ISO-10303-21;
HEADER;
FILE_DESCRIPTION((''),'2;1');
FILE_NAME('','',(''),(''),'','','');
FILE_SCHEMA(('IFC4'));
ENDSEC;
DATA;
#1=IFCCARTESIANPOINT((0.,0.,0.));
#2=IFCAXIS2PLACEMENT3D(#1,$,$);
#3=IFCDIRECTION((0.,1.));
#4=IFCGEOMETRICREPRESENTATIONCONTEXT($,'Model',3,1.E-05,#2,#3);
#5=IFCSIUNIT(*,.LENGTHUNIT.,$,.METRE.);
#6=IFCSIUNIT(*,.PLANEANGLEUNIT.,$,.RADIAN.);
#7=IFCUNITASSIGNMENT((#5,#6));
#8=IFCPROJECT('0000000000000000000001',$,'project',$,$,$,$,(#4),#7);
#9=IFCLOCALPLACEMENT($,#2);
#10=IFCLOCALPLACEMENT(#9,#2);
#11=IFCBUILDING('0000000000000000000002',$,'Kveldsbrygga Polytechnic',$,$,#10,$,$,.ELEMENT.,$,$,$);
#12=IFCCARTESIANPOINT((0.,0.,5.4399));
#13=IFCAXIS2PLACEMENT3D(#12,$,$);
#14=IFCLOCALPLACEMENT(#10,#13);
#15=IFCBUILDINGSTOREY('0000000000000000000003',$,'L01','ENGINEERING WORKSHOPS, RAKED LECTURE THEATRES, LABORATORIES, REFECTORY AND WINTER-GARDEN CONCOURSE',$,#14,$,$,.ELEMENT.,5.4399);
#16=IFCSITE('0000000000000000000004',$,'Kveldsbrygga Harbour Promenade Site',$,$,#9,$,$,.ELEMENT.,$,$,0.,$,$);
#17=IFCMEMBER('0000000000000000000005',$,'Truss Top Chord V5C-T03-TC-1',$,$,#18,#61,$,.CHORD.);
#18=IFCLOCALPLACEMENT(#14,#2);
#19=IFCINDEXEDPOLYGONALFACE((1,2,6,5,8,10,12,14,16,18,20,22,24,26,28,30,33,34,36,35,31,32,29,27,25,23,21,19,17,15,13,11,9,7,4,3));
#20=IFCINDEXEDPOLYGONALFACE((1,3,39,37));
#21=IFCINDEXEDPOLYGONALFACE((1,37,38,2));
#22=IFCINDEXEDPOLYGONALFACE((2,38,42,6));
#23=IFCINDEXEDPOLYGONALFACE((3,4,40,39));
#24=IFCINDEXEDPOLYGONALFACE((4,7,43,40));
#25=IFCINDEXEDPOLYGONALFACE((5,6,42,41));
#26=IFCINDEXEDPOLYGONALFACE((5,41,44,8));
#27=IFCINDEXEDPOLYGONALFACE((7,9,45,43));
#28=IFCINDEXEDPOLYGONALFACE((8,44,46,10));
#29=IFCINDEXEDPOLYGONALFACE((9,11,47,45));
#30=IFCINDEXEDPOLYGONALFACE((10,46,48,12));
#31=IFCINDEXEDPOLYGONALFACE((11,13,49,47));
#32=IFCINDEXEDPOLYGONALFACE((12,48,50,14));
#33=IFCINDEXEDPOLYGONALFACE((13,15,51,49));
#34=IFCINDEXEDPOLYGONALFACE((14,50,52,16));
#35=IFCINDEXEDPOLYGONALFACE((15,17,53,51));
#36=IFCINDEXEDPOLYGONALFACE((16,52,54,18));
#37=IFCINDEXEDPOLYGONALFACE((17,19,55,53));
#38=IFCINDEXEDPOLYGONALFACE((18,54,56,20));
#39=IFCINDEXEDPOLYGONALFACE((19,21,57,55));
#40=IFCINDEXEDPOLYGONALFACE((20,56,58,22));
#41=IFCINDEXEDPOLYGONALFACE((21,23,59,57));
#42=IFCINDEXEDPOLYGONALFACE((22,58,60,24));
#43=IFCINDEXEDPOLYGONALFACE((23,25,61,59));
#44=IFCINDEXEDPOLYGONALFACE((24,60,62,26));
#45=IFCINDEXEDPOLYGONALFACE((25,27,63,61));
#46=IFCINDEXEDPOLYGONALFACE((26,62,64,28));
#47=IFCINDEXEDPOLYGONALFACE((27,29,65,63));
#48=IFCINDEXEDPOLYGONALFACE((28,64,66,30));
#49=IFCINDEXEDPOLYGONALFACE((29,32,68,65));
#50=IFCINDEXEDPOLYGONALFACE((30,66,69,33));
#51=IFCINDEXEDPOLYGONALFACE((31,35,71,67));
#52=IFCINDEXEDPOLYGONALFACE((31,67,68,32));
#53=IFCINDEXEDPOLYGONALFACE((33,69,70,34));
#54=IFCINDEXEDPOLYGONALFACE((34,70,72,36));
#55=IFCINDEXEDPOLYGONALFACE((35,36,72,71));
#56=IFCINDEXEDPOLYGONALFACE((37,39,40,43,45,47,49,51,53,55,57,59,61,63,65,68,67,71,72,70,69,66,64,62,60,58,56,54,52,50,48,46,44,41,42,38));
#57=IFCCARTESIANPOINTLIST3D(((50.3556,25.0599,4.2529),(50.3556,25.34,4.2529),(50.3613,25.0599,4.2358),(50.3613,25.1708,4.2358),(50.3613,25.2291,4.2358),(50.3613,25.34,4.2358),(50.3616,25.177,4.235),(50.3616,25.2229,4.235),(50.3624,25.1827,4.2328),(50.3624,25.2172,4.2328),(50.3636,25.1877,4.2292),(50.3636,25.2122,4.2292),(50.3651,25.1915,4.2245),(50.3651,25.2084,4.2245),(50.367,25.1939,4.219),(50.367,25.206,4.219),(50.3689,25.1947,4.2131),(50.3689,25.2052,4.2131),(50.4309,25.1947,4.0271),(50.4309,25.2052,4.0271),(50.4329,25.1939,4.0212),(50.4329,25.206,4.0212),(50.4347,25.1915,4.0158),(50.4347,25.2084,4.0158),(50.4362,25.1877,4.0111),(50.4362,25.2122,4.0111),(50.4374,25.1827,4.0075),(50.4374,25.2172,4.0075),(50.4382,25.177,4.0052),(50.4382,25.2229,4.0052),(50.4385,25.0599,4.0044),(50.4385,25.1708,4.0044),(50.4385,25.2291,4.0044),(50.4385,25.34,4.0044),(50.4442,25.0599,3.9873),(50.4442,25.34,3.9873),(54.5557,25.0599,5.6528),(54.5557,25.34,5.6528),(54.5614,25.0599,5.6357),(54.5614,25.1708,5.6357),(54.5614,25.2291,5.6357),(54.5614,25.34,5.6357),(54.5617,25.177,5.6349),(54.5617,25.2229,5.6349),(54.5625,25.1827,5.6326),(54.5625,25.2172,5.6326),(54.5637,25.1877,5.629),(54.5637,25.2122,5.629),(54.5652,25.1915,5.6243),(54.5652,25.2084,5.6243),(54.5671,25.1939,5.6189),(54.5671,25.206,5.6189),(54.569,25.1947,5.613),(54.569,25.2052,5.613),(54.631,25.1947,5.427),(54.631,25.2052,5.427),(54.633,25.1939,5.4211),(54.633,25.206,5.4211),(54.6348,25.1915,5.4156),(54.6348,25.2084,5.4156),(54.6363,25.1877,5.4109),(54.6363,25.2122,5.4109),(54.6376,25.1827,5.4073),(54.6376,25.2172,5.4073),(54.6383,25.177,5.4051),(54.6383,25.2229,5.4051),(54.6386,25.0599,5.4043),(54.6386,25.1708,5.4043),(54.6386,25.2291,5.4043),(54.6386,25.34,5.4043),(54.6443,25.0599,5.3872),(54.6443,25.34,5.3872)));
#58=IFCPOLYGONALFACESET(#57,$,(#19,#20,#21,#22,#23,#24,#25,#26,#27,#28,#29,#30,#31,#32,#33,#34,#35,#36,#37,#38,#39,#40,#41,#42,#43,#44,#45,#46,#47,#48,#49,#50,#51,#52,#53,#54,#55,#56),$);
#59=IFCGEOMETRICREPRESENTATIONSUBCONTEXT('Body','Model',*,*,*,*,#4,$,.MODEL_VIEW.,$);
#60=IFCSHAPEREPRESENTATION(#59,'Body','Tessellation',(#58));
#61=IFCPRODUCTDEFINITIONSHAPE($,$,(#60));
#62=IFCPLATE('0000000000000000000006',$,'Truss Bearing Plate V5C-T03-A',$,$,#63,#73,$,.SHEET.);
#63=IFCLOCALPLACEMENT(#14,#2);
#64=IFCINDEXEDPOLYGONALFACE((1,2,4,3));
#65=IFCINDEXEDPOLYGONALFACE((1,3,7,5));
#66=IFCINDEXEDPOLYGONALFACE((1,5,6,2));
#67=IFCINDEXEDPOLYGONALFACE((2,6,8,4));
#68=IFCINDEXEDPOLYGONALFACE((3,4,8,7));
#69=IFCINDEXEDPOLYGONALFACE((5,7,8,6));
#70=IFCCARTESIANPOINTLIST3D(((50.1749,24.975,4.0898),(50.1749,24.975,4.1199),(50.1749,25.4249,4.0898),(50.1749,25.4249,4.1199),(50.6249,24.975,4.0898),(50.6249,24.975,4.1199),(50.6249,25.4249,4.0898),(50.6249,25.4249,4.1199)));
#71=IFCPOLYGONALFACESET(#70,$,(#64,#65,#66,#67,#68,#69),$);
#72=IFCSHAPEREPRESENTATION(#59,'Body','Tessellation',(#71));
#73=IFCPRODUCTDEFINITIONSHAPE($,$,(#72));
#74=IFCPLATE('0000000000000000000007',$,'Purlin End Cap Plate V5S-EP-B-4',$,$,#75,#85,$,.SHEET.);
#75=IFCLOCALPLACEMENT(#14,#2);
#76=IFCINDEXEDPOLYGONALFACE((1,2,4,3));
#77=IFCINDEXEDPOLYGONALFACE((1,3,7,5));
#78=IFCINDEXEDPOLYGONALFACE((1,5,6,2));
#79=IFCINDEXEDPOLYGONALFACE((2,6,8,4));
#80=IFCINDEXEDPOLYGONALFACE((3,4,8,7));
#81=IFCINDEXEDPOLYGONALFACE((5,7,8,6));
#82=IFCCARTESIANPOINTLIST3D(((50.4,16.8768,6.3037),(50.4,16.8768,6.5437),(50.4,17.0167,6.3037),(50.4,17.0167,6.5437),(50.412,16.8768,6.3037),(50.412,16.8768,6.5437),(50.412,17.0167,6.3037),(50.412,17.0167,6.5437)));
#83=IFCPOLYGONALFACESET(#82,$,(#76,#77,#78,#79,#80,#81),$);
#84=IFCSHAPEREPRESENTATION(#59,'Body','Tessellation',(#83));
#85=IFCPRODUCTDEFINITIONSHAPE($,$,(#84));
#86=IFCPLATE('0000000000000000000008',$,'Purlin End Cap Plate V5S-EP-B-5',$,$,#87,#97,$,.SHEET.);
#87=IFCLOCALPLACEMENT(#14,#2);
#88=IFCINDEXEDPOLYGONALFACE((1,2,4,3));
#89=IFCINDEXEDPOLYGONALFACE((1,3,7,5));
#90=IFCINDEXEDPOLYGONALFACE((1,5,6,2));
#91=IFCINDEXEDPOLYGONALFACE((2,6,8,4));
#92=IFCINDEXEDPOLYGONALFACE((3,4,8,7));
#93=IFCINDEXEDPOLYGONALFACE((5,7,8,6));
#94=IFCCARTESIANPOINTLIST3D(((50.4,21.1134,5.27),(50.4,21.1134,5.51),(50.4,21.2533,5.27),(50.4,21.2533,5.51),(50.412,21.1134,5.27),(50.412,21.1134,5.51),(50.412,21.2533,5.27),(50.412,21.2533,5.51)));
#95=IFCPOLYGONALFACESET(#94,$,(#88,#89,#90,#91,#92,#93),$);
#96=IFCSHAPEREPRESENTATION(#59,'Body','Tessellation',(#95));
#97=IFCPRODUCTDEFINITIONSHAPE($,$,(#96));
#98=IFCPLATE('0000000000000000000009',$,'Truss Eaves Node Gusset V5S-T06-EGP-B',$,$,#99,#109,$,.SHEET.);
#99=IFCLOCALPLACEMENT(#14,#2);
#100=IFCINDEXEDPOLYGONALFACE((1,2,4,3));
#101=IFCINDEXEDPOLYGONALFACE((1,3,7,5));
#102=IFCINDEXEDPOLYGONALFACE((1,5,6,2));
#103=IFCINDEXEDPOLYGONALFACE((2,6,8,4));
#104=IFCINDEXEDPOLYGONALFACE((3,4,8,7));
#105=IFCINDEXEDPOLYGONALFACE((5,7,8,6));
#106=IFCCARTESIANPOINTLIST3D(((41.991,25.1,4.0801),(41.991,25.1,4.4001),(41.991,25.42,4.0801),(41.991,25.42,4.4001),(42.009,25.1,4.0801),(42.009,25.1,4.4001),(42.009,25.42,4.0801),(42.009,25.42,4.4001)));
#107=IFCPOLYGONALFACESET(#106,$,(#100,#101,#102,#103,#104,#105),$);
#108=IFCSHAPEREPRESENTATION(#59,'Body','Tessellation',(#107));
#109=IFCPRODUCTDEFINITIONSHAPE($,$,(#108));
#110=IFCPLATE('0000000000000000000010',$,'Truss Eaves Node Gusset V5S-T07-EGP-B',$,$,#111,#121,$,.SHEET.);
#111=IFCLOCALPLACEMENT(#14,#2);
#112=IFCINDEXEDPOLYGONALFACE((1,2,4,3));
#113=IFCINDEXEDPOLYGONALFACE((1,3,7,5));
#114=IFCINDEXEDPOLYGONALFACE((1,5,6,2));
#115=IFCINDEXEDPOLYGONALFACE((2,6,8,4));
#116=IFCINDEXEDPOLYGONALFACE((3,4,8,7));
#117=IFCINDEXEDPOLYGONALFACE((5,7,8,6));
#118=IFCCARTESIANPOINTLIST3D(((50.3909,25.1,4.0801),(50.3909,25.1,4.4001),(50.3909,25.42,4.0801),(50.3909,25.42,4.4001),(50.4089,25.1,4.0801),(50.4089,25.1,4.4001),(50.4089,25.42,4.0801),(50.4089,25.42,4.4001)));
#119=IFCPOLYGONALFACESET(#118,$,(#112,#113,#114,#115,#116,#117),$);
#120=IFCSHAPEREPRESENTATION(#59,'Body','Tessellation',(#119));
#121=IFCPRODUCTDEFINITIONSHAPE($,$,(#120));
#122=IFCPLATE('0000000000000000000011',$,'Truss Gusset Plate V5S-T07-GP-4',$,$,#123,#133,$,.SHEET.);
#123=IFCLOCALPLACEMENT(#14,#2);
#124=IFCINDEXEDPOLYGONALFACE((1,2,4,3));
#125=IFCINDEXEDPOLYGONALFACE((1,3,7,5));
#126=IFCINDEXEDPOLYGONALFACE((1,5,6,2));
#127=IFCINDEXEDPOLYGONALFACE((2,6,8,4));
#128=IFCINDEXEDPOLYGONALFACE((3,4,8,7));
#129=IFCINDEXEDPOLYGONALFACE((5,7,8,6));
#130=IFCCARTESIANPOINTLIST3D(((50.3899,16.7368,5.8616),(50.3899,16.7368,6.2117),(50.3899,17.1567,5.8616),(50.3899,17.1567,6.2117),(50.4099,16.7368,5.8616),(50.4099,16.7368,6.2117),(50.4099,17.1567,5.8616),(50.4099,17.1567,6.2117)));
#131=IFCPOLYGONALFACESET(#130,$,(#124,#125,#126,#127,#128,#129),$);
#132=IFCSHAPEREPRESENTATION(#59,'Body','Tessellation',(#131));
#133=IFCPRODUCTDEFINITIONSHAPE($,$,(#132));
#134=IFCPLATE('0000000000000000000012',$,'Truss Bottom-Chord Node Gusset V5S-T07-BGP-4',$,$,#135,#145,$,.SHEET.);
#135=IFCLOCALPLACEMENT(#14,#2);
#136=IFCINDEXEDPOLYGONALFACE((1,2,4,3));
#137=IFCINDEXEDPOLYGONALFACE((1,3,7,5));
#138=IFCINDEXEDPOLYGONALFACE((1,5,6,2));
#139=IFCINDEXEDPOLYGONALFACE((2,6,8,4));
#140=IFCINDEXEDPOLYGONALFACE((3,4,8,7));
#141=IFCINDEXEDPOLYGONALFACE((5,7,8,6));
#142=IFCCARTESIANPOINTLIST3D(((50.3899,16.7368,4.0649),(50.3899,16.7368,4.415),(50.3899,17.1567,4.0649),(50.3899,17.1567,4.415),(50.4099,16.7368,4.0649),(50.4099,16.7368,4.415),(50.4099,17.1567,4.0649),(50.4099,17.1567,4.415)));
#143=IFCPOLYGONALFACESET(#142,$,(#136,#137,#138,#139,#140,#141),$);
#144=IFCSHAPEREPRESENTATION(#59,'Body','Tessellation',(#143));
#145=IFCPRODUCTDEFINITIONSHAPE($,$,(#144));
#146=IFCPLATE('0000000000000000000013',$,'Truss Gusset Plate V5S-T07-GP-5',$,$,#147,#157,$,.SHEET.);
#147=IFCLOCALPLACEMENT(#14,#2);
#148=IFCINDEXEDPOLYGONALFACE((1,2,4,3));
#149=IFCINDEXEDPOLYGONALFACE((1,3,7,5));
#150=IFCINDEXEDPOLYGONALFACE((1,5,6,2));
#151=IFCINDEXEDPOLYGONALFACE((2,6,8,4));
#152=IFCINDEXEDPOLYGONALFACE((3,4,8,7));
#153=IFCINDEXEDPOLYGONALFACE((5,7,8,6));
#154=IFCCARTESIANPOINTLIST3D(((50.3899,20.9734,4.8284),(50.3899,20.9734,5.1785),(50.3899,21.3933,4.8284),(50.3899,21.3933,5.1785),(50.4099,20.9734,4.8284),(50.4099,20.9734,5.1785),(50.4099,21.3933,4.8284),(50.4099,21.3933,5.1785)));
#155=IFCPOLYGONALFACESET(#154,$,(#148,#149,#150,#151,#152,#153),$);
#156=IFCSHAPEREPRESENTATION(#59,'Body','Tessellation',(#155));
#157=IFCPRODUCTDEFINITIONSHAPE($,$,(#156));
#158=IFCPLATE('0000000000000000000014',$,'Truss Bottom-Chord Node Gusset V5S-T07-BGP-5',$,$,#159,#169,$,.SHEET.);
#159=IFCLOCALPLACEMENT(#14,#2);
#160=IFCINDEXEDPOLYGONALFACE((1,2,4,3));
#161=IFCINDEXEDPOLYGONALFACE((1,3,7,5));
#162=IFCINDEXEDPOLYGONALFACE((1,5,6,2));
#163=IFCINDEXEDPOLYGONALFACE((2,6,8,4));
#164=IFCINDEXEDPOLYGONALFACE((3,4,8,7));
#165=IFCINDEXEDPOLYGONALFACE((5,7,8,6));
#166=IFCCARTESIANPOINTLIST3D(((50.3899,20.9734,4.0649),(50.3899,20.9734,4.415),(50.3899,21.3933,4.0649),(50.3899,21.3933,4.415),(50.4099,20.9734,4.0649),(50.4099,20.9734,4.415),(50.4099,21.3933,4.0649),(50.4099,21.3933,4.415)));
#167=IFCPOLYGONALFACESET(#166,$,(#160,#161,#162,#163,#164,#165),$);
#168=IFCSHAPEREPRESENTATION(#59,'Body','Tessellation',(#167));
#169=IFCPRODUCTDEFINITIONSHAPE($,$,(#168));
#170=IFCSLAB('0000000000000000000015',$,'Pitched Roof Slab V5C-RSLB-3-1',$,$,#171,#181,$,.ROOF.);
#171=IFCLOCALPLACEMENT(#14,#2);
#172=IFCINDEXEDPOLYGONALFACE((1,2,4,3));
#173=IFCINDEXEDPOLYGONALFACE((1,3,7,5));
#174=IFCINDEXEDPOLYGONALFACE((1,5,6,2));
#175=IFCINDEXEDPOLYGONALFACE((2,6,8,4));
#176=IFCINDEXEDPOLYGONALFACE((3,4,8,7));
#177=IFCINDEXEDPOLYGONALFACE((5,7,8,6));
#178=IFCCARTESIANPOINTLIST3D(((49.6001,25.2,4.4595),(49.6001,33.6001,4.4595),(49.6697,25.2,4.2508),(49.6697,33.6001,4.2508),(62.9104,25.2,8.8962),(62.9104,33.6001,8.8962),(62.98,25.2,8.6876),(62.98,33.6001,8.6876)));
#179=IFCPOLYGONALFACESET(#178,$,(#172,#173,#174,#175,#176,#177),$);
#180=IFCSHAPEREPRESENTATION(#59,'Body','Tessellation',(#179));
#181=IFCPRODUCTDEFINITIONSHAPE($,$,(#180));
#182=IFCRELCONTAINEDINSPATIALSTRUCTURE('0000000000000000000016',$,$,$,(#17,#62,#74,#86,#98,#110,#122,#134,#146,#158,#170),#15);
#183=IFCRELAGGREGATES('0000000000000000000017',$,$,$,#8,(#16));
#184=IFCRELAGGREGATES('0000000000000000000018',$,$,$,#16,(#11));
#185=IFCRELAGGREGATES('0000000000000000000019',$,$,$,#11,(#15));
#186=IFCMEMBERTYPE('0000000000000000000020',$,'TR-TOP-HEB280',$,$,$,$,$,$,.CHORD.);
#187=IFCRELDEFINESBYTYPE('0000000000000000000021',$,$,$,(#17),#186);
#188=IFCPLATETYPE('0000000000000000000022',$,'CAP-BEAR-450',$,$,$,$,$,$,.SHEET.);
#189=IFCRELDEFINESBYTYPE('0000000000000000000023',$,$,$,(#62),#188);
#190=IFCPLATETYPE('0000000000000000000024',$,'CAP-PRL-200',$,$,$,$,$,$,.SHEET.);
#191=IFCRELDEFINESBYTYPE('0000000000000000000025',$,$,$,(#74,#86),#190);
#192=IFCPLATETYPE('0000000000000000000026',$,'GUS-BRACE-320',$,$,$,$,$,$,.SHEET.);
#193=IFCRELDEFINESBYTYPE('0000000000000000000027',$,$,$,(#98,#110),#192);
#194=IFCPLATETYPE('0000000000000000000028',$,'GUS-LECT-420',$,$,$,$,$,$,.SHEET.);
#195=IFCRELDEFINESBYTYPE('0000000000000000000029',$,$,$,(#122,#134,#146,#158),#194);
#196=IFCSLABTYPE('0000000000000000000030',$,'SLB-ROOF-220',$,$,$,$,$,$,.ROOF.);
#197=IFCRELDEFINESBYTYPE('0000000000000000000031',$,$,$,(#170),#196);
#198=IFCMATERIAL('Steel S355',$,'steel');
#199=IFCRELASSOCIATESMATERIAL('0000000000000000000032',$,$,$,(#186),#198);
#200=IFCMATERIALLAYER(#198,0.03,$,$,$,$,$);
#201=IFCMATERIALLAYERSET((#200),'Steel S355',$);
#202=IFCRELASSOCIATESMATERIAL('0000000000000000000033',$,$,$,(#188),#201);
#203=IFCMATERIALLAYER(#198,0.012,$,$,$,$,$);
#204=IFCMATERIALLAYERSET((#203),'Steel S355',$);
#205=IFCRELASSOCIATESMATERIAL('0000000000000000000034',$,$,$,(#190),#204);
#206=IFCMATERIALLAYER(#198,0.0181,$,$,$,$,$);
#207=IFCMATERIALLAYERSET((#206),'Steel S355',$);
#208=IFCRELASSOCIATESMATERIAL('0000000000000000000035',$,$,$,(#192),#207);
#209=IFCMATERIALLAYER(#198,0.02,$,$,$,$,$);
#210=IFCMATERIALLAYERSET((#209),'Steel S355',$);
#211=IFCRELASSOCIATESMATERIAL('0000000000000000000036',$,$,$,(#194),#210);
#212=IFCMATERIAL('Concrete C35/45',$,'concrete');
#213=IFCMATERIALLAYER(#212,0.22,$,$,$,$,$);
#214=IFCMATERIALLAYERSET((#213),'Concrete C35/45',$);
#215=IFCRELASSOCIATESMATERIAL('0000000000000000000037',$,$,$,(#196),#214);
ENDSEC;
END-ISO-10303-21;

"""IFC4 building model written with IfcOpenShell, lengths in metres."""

from ifc_helpers import new_model, si_unit, direction, frame, origin, origin_2d, place, context, subcontext, project, spatial, polyline, rectangle, i_section, outline, extrude, material, layer, layer_set, material_profile, profile_set, type_object, element, save


model = new_model("IFC4")

# Units and contexts
model_context = context("Model", 3, precision=1e-05, world=origin(), true_north=direction((0.0, 1.0)))
body_context = subcontext(model_context, "Body", "Model", "MODEL_VIEW")
ifc_project = project(units=[si_unit("LENGTHUNIT", "METRE"), si_unit("PLANEANGLEUNIT", "RADIAN")], contexts=[model_context])

# Site, building, storey
site_placement = place(None, origin())
site = spatial("IfcSite", under=ifc_project, at=site_placement, Name="Kveldsbrygga Harbour Promenade Site", CompositionType="ELEMENT", RefElevation=0.0)
building_placement = place(site_placement, origin())
building = spatial("IfcBuilding", under=site, at=building_placement, Name="Kveldsbrygga Polytechnic", CompositionType="ELEMENT")
storey_placement = place(building_placement, frame((0.0, 0.0, 5.4399)))
storey = spatial("IfcBuildingStorey", under=building, at=storey_placement, Name="L01", Description="ENGINEERING WORKSHOPS, RAKED LECTURE THEATRES, LABORATORIES, REFECTORY AND WINTER-GARDEN CONCOURSE", CompositionType="ELEMENT", Elevation=5.4399)

# Shared definitions
ifc_material_1 = material(Name="Steel S355", Category="steel")

# Member
ifc_material_profile_1 = material_profile(ifc_material_1, i_section(OverallWidth=0.28, OverallDepth=0.28, WebThickness=0.0105, FlangeThickness=0.0181, FilletRadius=0.0239, at=origin_2d()), Name="HEB 280")
ifc_profile_set_1 = profile_set([ifc_material_profile_1], Name="Steel S355")
member_type_1 = type_object("IfcMemberType", Name="TR-TOP-HEB280", PredefinedType="CHORD", material=ifc_profile_set_1)
member_1_placement = place(storey_placement, frame((50.3999, 25.2, 4.1201), z_axis=(0.948694, 0.0, 0.316195), x_axis=(0.0, 1.0, 0.0)))
element("IfcMember", 1, at=member_1_placement, inside=storey, type_object=member_type_1, Name="Truss Top Chord V5C-T03-TC-1", PredefinedType="CHORD", context=body_context, shape_type="SweptSolid", body=[
    extrude(i_section(OverallWidth=0.28, OverallDepth=0.28, WebThickness=0.0105, FlangeThickness=0.0181, FilletRadius=0.0239, at=origin_2d()), origin(), (0.0, 0.0, 1.0), 4.4272),
])

# Plates
ifc_layer_1 = layer(ifc_material_1, 0.03)
ifc_layer_set_1 = layer_set([ifc_layer_1], Name="Steel S355")
plate_type_1 = type_object("IfcPlateType", Name="CAP-BEAR-450", PredefinedType="SHEET", material=ifc_layer_set_1)
plate_placement = place(storey_placement, frame((50.3999, 25.2, 4.0898), z_axis=(0.0, 0.0, 1.0), x_axis=(1.0, 0.0, 0.0)))
element("IfcPlate", 2, at=plate_placement, inside=storey, type_object=plate_type_1, Name="Truss Bearing Plate V5C-T03-A", PredefinedType="SHEET", context=body_context, shape_type="SweptSolid", body=[
    extrude(rectangle(XDim=0.45, YDim=0.45, at=origin_2d()), origin(), (0.0, 0.0, 1.0), 0.03),
])
ifc_layer_2 = layer(ifc_material_1, 0.012)
ifc_layer_set_2 = layer_set([ifc_layer_2], Name="Steel S355")
plate_type_2 = type_object("IfcPlateType", Name="CAP-PRL-200", PredefinedType="SHEET", material=ifc_layer_set_2)
for number, where, z_axis, x_axis, name in (
    (3, (50.406, 16.9468, 6.3037), (0.0, 0.0, 1.0), (1.0, 0.0, 0.0), "Purlin End Cap Plate V5S-EP-B-4"),
    (4, (50.406, 21.1833, 5.27), (0.0, 0.0, 1.0), (1.0, 0.0, 0.0), "Purlin End Cap Plate V5S-EP-B-5"),
):
    element("IfcPlate", number, at=place(storey_placement, frame(where, z_axis=z_axis, x_axis=x_axis)), inside=storey, type_object=plate_type_2, Name=name, PredefinedType="SHEET", context=body_context, shape_type="SweptSolid", body=[
        extrude(rectangle(XDim=0.012, YDim=0.1399, at=origin_2d()), origin(), (0.0, 0.0, 1.0), 0.24),
    ])
ifc_layer_3 = layer(ifc_material_1, 0.0181)
ifc_layer_set_3 = layer_set([ifc_layer_3], Name="Steel S355")
plate_type_3 = type_object("IfcPlateType", Name="GUS-BRACE-320", PredefinedType="SHEET", material=ifc_layer_set_3)
for number, where, z_axis, x_axis, name in (
    (5, (42.0, 25.26, 4.0801), (0.0, 0.0, 1.0), (1.0, 0.0, 0.0), "Truss Eaves Node Gusset V5S-T06-EGP-B"),
    (6, (50.3999, 25.26, 4.0801), (0.0, 0.0, 1.0), (1.0, 0.0, 0.0), "Truss Eaves Node Gusset V5S-T07-EGP-B"),
):
    element("IfcPlate", number, at=place(storey_placement, frame(where, z_axis=z_axis, x_axis=x_axis)), inside=storey, type_object=plate_type_3, Name=name, PredefinedType="SHEET", context=body_context, shape_type="SweptSolid", body=[
        extrude(rectangle(XDim=0.0181, YDim=0.3201, at=origin_2d()), origin(), (0.0, 0.0, 1.0), 0.3201),
    ])
ifc_layer_4 = layer(ifc_material_1, 0.02)
ifc_layer_set_4 = layer_set([ifc_layer_4], Name="Steel S355")
plate_type_4 = type_object("IfcPlateType", Name="GUS-LECT-420", PredefinedType="SHEET", material=ifc_layer_set_4)
for number, where, z_axis, x_axis, name in (
    (7, (50.3999, 16.9468, 5.8616), (0.0, 0.0, 1.0), (1.0, 0.0, 0.0), "Truss Gusset Plate V5S-T07-GP-4"),
    (8, (50.3999, 16.9468, 4.0649), (0.0, 0.0, 1.0), (1.0, 0.0, 0.0), "Truss Bottom-Chord Node Gusset V5S-T07-BGP-4"),
    (9, (50.3999, 21.1833, 4.8284), (0.0, 0.0, 1.0), (1.0, 0.0, 0.0), "Truss Gusset Plate V5S-T07-GP-5"),
    (10, (50.3999, 21.1833, 4.0649), (0.0, 0.0, 1.0), (1.0, 0.0, 0.0), "Truss Bottom-Chord Node Gusset V5S-T07-BGP-5"),
):
    element("IfcPlate", number, at=place(storey_placement, frame(where, z_axis=z_axis, x_axis=x_axis)), inside=storey, type_object=plate_type_4, Name=name, PredefinedType="SHEET", context=body_context, shape_type="SweptSolid", body=[
        extrude(rectangle(XDim=0.02, YDim=0.4199, at=origin_2d()), origin(), (0.0, 0.0, 1.0), 0.3501),
    ])

# Slab
ifc_material_2 = material(Name="Concrete C35/45", Category="concrete")
ifc_layer_5 = layer(ifc_material_2, 0.22)
ifc_layer_set_5 = layer_set([ifc_layer_5], Name="Concrete C35/45")
slab_type = type_object("IfcSlabType", Name="SLB-ROOF-220", PredefinedType="ROOF", material=ifc_layer_set_5)
slab_placement = place(storey_placement, frame((49.6001, 25.2, 4.4595), z_axis=(-0.316228, 0.0, 0.948683), x_axis=(0.948683, 0.0, 0.316228)))
element("IfcSlab", 11, at=slab_placement, inside=storey, type_object=slab_type, Name="Pitched Roof Slab V5C-RSLB-3-1", PredefinedType="ROOF", context=body_context, shape_type="SweptSolid", body=[
    extrude(outline(polyline([(0.0, 0.0), (14.0303, 0.0), (14.0303, 8.4001), (0.0, 8.4001), (0.0, 0.0)])), origin(), (0.0, 0.0, -1.0), 0.22),
])

save(model, "model.ifc")
